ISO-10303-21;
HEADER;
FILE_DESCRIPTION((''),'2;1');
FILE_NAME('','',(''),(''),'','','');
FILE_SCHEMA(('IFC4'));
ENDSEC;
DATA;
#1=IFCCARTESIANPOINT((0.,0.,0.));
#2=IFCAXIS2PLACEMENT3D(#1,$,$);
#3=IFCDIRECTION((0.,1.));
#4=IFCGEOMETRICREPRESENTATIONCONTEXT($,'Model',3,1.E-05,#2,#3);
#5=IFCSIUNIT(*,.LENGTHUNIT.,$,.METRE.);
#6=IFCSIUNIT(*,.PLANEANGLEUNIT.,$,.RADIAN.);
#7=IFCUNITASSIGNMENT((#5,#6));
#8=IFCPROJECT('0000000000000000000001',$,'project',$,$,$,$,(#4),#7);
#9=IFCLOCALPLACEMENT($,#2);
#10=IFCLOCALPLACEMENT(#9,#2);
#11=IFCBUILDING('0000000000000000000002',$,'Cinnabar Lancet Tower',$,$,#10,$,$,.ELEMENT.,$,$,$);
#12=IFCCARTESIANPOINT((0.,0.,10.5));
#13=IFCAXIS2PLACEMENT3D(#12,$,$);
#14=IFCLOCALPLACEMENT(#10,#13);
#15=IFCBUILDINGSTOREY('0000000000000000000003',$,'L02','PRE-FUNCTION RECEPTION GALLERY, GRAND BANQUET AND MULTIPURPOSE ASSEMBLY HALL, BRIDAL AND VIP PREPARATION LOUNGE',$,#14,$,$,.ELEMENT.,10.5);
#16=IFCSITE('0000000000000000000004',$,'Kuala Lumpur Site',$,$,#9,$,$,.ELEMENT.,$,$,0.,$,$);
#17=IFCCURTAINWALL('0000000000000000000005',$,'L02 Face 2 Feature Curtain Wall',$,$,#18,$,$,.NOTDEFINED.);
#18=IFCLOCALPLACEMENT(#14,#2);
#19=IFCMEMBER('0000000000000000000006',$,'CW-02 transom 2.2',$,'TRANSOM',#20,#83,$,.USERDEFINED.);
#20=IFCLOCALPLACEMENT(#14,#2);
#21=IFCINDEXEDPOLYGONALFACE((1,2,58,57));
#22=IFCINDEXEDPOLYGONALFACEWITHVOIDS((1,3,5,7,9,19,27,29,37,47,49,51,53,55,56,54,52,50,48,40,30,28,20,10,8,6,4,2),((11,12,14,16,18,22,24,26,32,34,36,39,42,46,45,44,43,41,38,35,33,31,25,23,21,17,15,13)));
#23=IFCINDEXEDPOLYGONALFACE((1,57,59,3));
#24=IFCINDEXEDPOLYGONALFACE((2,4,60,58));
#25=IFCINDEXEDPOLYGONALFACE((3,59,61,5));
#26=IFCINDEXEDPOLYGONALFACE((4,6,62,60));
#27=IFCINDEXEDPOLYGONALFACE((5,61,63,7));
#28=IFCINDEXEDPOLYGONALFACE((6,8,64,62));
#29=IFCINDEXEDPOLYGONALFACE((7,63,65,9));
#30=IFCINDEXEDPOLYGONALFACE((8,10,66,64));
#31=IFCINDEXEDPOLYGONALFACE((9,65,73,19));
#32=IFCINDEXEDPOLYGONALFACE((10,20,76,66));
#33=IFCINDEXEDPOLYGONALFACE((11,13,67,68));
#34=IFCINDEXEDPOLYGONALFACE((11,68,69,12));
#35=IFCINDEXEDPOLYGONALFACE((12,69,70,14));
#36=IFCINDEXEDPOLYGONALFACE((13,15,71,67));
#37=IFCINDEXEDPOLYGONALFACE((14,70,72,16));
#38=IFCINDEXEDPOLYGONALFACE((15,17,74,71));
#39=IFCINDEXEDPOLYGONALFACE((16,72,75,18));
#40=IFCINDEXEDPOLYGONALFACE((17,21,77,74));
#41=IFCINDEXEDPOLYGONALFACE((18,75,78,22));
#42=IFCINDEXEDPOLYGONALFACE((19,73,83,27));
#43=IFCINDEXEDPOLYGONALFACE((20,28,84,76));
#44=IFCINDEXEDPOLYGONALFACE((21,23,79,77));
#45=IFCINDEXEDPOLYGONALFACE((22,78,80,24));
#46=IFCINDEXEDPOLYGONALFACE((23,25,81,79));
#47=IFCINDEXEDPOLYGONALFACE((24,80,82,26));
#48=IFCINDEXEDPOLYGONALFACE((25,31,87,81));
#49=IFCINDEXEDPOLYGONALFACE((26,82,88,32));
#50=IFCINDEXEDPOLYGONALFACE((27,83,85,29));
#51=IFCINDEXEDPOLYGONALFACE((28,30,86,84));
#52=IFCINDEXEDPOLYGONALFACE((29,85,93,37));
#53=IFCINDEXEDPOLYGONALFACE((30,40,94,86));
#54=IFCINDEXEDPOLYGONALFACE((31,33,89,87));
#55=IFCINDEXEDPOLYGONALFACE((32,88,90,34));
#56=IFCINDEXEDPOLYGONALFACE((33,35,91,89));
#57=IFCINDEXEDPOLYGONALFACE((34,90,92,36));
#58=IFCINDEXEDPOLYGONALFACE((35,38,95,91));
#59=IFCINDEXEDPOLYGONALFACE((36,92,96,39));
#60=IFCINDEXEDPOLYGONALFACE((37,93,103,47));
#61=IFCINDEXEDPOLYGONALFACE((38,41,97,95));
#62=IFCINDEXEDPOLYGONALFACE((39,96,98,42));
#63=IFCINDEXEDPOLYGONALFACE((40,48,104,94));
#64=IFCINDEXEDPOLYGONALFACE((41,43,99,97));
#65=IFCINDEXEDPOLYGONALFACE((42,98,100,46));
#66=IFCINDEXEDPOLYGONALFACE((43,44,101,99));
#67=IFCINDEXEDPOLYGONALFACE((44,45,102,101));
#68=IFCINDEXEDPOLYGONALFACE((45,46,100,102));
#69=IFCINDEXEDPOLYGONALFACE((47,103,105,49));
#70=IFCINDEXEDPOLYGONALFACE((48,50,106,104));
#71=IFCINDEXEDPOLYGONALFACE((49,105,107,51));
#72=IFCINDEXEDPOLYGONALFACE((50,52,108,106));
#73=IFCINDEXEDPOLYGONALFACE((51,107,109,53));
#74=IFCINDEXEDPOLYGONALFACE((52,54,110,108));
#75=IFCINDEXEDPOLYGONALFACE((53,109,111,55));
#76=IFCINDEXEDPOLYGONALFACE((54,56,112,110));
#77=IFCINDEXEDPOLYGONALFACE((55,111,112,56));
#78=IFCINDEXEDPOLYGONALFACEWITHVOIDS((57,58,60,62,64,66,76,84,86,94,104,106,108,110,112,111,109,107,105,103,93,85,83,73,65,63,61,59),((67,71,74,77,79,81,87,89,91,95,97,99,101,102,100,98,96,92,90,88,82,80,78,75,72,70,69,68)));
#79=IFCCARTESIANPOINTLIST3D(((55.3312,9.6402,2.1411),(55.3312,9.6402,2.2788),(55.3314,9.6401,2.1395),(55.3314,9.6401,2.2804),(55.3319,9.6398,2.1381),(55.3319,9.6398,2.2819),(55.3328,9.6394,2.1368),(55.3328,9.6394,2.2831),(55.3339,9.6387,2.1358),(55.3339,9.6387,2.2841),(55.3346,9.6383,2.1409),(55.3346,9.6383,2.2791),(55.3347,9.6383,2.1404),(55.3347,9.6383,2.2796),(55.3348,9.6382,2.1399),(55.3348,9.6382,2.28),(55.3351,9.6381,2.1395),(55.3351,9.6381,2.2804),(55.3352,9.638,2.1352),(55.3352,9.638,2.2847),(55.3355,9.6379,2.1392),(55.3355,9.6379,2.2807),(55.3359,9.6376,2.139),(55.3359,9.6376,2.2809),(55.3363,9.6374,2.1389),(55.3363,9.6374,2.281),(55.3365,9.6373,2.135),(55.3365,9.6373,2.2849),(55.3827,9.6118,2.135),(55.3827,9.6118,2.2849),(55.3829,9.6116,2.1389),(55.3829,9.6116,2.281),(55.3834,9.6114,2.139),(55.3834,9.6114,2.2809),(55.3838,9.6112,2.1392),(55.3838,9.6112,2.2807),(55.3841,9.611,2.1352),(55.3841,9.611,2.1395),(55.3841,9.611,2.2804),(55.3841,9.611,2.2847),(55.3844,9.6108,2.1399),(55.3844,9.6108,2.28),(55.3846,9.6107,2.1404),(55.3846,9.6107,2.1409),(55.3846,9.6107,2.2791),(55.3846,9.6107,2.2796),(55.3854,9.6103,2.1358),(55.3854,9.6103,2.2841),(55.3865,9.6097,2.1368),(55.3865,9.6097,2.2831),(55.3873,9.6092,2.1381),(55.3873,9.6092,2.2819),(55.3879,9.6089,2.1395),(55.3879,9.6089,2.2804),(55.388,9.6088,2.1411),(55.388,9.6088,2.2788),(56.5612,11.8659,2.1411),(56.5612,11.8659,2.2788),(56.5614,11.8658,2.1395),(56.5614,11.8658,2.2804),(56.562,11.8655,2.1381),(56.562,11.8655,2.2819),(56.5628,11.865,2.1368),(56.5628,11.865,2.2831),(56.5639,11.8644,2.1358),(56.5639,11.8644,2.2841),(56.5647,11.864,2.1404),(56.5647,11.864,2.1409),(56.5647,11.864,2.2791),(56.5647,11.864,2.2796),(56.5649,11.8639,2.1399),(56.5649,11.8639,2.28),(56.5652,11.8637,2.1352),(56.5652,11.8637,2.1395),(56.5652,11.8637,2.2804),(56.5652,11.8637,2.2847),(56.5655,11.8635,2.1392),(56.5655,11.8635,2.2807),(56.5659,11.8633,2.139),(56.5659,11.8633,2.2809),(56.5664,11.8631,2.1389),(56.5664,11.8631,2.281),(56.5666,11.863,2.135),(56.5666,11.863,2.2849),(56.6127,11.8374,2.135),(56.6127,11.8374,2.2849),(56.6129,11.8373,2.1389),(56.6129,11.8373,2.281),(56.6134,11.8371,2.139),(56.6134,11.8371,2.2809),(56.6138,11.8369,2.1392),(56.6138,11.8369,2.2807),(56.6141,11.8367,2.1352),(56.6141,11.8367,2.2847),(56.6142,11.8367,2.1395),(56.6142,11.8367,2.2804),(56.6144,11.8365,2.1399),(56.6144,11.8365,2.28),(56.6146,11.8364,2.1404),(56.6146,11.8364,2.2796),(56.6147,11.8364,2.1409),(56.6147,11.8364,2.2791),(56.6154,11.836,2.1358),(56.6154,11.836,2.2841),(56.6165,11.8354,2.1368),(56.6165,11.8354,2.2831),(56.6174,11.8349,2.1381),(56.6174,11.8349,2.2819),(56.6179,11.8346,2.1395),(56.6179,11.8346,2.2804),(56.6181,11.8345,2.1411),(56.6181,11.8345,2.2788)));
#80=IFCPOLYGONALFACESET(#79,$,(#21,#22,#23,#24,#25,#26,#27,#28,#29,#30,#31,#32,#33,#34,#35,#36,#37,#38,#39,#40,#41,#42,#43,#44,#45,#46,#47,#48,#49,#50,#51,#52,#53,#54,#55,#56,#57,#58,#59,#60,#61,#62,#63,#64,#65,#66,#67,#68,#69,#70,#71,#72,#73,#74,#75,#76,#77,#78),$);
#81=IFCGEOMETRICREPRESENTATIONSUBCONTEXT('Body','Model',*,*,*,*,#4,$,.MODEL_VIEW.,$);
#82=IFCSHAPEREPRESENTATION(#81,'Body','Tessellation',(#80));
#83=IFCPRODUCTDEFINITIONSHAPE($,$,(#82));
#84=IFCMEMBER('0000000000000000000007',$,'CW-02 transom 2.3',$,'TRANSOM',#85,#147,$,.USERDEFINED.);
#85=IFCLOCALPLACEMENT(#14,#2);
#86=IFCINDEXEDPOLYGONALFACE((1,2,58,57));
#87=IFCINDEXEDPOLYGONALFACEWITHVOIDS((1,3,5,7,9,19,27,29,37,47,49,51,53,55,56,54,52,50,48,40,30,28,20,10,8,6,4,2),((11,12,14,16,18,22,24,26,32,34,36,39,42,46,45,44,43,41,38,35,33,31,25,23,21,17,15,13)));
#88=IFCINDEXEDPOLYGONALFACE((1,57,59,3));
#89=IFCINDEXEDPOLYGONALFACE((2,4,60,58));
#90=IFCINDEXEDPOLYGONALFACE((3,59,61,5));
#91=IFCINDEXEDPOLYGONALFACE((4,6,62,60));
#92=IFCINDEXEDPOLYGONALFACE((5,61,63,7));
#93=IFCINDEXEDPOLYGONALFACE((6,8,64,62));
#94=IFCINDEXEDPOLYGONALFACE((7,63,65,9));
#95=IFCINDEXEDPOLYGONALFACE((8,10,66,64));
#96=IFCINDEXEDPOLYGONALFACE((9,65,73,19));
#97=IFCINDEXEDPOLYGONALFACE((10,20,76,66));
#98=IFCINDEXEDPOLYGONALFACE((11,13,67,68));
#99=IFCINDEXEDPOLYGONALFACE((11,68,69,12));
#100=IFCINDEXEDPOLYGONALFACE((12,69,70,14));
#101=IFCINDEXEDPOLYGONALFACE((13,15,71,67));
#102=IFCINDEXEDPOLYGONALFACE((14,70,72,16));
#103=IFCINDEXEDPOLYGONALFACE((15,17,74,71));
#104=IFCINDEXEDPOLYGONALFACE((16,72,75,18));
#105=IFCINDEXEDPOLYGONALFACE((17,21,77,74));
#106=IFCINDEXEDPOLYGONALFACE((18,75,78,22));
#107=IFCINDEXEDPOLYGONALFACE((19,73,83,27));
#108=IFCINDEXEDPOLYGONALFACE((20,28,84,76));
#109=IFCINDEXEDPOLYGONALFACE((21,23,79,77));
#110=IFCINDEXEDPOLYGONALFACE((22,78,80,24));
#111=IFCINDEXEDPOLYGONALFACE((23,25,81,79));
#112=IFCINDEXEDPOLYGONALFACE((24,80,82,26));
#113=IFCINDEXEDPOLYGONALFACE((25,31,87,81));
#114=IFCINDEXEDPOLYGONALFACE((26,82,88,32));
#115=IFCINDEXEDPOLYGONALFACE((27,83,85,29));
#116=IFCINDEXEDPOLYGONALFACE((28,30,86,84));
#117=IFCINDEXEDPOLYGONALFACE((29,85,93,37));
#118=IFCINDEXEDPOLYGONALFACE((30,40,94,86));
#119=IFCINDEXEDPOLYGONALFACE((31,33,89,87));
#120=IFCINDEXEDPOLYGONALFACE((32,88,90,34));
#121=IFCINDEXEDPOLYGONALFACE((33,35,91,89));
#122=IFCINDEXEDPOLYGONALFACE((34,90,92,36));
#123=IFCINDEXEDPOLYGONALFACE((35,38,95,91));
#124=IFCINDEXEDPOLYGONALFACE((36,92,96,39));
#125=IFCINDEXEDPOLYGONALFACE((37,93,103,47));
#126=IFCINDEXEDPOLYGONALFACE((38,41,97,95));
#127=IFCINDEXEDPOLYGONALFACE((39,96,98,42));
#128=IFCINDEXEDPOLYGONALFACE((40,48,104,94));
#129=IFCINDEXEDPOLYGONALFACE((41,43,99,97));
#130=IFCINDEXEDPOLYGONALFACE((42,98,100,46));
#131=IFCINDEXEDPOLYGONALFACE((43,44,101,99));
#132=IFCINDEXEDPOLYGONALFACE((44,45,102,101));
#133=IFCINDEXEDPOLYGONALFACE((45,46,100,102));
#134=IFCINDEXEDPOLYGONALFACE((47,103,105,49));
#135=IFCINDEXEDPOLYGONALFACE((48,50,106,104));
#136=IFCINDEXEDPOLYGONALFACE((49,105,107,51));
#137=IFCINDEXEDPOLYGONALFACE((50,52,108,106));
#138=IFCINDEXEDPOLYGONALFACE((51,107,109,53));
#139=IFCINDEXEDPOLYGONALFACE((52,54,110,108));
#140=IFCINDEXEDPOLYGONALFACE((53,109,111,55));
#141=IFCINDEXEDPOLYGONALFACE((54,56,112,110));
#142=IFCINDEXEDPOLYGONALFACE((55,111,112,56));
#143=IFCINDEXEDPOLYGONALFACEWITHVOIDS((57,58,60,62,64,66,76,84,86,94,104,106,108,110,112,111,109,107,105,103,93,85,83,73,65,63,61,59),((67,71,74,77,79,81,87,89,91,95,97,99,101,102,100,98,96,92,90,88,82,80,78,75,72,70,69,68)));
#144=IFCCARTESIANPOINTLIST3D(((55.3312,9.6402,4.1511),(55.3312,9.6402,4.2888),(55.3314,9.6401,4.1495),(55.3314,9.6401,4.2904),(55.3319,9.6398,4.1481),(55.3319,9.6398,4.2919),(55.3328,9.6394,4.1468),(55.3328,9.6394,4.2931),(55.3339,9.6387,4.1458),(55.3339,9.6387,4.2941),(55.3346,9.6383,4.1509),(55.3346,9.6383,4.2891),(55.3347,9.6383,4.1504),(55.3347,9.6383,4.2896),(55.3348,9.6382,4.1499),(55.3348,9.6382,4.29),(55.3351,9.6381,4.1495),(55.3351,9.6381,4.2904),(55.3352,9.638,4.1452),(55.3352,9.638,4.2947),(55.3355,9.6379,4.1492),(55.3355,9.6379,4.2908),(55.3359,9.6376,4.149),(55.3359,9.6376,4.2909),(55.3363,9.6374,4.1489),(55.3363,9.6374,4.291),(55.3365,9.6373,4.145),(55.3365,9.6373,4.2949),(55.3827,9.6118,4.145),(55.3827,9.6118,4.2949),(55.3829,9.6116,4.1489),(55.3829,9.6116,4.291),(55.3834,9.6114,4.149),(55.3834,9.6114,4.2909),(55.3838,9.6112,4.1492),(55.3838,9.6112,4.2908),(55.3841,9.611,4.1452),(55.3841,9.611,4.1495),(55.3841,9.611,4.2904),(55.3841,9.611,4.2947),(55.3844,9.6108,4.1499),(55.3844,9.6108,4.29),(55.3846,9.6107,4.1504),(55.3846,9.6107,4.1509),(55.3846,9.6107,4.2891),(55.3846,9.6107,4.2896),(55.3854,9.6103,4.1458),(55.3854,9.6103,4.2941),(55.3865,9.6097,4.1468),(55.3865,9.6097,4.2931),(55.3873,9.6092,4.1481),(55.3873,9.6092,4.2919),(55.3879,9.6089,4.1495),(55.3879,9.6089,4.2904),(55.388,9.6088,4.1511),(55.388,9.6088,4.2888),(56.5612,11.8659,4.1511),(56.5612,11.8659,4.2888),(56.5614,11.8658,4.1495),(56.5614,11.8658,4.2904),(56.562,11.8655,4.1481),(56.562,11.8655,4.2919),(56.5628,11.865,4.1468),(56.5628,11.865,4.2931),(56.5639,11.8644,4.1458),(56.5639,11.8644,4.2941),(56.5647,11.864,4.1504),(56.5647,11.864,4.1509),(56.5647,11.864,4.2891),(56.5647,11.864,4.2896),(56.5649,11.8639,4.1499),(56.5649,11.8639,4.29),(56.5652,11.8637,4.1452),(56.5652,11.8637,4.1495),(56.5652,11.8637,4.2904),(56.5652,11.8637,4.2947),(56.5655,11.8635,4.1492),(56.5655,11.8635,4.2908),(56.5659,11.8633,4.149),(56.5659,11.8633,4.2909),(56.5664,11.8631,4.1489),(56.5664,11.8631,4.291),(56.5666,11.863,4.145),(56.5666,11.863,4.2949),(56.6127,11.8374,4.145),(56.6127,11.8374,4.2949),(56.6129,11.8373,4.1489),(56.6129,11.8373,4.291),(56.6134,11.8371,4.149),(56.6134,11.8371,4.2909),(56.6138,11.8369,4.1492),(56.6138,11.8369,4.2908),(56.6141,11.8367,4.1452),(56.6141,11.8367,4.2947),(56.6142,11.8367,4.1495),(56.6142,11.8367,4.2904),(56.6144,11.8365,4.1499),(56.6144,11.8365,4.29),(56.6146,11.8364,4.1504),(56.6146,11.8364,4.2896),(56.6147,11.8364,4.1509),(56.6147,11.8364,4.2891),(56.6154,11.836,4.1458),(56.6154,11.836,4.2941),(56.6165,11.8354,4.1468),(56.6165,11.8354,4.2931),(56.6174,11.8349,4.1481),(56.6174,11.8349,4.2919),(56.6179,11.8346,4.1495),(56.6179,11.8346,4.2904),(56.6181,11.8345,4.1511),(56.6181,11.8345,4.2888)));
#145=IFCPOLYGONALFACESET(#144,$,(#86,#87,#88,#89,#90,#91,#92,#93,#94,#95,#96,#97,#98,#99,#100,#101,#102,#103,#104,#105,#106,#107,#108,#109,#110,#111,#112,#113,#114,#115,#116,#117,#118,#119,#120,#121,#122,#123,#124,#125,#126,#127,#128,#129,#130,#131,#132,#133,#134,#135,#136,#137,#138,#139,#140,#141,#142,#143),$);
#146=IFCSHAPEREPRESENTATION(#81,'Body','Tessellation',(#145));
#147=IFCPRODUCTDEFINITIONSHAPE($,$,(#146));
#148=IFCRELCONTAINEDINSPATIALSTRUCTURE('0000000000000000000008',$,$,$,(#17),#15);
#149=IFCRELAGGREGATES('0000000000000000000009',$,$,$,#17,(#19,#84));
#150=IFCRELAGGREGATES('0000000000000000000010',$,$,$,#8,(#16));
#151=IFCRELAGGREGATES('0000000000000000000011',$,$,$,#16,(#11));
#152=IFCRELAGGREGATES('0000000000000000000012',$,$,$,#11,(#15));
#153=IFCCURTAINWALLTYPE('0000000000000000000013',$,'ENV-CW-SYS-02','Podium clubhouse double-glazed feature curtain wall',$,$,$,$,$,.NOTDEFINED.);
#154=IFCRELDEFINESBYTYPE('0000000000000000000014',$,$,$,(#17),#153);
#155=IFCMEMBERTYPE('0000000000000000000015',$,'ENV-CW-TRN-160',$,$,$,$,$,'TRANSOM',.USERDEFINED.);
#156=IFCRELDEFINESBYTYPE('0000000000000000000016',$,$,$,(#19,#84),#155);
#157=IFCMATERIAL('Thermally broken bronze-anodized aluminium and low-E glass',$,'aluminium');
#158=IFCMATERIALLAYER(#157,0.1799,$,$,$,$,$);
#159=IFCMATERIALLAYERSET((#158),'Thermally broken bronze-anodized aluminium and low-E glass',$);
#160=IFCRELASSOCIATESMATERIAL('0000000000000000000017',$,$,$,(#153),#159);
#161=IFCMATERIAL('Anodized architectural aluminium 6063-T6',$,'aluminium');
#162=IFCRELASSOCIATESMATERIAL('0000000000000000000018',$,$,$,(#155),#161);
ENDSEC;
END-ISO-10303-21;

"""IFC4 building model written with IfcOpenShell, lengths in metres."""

from ifc_helpers import new_model, si_unit, direction, frame, origin, origin_2d, place, context, subcontext, project, spatial, hollow_rectangle, extrude, material, layer, layer_set, material_profile, profile_set, type_object, element, aggregate, save


model = new_model("IFC4")

# Units and contexts
model_context = context("Model", 3, precision=1e-05, world=origin(), true_north=direction((0.0, 1.0)))
body_context = subcontext(model_context, "Body", "Model", "MODEL_VIEW")
ifc_project = project(units=[si_unit("LENGTHUNIT", "METRE"), si_unit("PLANEANGLEUNIT", "RADIAN")], contexts=[model_context])

# Site, building, storey
site_placement = place(None, origin())
site = spatial("IfcSite", under=ifc_project, at=site_placement, Name="Kuala Lumpur Site", CompositionType="ELEMENT", RefElevation=0.0)
building_placement = place(site_placement, origin())
building = spatial("IfcBuilding", under=site, at=building_placement, Name="Cinnabar Lancet Tower", CompositionType="ELEMENT")
storey_placement = place(building_placement, frame((0.0, 0.0, 10.5)))
storey = spatial("IfcBuildingStorey", under=building, at=storey_placement, Name="L02", Description="PRE-FUNCTION RECEPTION GALLERY, GRAND BANQUET AND MULTIPURPOSE ASSEMBLY HALL, BRIDAL AND VIP PREPARATION LOUNGE", CompositionType="ELEMENT", Elevation=10.5)

# Curtain wall, members
ifc_material_1 = material(Name="Thermally broken bronze-anodized aluminium and low-E glass", Category="aluminium")
ifc_layer_1 = layer(ifc_material_1, 0.1799)
ifc_layer_set_1 = layer_set([ifc_layer_1], Name="Thermally broken bronze-anodized aluminium and low-E glass")
curtain_wall_type = type_object("IfcCurtainWallType", Name="ENV-CW-SYS-02", Description="Podium clubhouse double-glazed feature curtain wall", PredefinedType="NOTDEFINED", material=ifc_layer_set_1)
curtain_wall_placement = place(storey_placement, origin())
curtain_wall = element("IfcCurtainWall", 1, at=curtain_wall_placement, inside=storey, type_object=curtain_wall_type, Name="L02 Face 2 Feature Curtain Wall", PredefinedType="NOTDEFINED")
ifc_material_2 = material(Name="Anodized architectural aluminium 6063-T6", Category="aluminium")
ifc_material_profile_1 = material_profile(ifc_material_2, hollow_rectangle(XDim=0.0649, YDim=0.1499, WallThickness=0.0039, InnerFilletRadius=0.002, OuterFilletRadius=0.0061, at=origin_2d()), Name="CW-TRN 150x65x4")
ifc_profile_set_1 = profile_set([ifc_material_profile_1], Name="Anodized architectural aluminium 6063-T6")
member_type_1 = type_object("IfcMemberType", Name="ENV-CW-TRN-160", ElementType="TRANSOM", PredefinedType="USERDEFINED", material=ifc_profile_set_1)
member_1_placement = place(storey_placement, frame((55.3596, 9.6245, 2.21), z_axis=(0.483702, 0.875233, 0.0), x_axis=(-0.875233, 0.483702, 0.0)))
member_1 = element("IfcMember", 2, at=member_1_placement, type_object=member_type_1, Name="CW-02 transom 2.2", ObjectType="TRANSOM", PredefinedType="USERDEFINED", context=body_context, shape_type="SweptSolid", body=[
    extrude(hollow_rectangle(XDim=0.0649, YDim=0.1499, WallThickness=0.0039, InnerFilletRadius=0.002, OuterFilletRadius=0.0061, at=origin_2d()), origin(), (0.0, 0.0, 1.0), 2.543),
])
member_2_placement = place(storey_placement, frame((55.3596, 9.6245, 4.22), z_axis=(0.483702, 0.875233, 0.0), x_axis=(-0.875233, 0.483702, 0.0)))
member_2 = element("IfcMember", 3, at=member_2_placement, type_object=member_type_1, Name="CW-02 transom 2.3", ObjectType="TRANSOM", PredefinedType="USERDEFINED", context=body_context, shape_type="SweptSolid", body=[
    extrude(hollow_rectangle(XDim=0.0649, YDim=0.1499, WallThickness=0.0039, InnerFilletRadius=0.002, OuterFilletRadius=0.0061, at=origin_2d()), origin(), (0.0, 0.0, 1.0), 2.543),
])

aggregate(curtain_wall, [member_1, member_2])

save(model, "model.ifc")
